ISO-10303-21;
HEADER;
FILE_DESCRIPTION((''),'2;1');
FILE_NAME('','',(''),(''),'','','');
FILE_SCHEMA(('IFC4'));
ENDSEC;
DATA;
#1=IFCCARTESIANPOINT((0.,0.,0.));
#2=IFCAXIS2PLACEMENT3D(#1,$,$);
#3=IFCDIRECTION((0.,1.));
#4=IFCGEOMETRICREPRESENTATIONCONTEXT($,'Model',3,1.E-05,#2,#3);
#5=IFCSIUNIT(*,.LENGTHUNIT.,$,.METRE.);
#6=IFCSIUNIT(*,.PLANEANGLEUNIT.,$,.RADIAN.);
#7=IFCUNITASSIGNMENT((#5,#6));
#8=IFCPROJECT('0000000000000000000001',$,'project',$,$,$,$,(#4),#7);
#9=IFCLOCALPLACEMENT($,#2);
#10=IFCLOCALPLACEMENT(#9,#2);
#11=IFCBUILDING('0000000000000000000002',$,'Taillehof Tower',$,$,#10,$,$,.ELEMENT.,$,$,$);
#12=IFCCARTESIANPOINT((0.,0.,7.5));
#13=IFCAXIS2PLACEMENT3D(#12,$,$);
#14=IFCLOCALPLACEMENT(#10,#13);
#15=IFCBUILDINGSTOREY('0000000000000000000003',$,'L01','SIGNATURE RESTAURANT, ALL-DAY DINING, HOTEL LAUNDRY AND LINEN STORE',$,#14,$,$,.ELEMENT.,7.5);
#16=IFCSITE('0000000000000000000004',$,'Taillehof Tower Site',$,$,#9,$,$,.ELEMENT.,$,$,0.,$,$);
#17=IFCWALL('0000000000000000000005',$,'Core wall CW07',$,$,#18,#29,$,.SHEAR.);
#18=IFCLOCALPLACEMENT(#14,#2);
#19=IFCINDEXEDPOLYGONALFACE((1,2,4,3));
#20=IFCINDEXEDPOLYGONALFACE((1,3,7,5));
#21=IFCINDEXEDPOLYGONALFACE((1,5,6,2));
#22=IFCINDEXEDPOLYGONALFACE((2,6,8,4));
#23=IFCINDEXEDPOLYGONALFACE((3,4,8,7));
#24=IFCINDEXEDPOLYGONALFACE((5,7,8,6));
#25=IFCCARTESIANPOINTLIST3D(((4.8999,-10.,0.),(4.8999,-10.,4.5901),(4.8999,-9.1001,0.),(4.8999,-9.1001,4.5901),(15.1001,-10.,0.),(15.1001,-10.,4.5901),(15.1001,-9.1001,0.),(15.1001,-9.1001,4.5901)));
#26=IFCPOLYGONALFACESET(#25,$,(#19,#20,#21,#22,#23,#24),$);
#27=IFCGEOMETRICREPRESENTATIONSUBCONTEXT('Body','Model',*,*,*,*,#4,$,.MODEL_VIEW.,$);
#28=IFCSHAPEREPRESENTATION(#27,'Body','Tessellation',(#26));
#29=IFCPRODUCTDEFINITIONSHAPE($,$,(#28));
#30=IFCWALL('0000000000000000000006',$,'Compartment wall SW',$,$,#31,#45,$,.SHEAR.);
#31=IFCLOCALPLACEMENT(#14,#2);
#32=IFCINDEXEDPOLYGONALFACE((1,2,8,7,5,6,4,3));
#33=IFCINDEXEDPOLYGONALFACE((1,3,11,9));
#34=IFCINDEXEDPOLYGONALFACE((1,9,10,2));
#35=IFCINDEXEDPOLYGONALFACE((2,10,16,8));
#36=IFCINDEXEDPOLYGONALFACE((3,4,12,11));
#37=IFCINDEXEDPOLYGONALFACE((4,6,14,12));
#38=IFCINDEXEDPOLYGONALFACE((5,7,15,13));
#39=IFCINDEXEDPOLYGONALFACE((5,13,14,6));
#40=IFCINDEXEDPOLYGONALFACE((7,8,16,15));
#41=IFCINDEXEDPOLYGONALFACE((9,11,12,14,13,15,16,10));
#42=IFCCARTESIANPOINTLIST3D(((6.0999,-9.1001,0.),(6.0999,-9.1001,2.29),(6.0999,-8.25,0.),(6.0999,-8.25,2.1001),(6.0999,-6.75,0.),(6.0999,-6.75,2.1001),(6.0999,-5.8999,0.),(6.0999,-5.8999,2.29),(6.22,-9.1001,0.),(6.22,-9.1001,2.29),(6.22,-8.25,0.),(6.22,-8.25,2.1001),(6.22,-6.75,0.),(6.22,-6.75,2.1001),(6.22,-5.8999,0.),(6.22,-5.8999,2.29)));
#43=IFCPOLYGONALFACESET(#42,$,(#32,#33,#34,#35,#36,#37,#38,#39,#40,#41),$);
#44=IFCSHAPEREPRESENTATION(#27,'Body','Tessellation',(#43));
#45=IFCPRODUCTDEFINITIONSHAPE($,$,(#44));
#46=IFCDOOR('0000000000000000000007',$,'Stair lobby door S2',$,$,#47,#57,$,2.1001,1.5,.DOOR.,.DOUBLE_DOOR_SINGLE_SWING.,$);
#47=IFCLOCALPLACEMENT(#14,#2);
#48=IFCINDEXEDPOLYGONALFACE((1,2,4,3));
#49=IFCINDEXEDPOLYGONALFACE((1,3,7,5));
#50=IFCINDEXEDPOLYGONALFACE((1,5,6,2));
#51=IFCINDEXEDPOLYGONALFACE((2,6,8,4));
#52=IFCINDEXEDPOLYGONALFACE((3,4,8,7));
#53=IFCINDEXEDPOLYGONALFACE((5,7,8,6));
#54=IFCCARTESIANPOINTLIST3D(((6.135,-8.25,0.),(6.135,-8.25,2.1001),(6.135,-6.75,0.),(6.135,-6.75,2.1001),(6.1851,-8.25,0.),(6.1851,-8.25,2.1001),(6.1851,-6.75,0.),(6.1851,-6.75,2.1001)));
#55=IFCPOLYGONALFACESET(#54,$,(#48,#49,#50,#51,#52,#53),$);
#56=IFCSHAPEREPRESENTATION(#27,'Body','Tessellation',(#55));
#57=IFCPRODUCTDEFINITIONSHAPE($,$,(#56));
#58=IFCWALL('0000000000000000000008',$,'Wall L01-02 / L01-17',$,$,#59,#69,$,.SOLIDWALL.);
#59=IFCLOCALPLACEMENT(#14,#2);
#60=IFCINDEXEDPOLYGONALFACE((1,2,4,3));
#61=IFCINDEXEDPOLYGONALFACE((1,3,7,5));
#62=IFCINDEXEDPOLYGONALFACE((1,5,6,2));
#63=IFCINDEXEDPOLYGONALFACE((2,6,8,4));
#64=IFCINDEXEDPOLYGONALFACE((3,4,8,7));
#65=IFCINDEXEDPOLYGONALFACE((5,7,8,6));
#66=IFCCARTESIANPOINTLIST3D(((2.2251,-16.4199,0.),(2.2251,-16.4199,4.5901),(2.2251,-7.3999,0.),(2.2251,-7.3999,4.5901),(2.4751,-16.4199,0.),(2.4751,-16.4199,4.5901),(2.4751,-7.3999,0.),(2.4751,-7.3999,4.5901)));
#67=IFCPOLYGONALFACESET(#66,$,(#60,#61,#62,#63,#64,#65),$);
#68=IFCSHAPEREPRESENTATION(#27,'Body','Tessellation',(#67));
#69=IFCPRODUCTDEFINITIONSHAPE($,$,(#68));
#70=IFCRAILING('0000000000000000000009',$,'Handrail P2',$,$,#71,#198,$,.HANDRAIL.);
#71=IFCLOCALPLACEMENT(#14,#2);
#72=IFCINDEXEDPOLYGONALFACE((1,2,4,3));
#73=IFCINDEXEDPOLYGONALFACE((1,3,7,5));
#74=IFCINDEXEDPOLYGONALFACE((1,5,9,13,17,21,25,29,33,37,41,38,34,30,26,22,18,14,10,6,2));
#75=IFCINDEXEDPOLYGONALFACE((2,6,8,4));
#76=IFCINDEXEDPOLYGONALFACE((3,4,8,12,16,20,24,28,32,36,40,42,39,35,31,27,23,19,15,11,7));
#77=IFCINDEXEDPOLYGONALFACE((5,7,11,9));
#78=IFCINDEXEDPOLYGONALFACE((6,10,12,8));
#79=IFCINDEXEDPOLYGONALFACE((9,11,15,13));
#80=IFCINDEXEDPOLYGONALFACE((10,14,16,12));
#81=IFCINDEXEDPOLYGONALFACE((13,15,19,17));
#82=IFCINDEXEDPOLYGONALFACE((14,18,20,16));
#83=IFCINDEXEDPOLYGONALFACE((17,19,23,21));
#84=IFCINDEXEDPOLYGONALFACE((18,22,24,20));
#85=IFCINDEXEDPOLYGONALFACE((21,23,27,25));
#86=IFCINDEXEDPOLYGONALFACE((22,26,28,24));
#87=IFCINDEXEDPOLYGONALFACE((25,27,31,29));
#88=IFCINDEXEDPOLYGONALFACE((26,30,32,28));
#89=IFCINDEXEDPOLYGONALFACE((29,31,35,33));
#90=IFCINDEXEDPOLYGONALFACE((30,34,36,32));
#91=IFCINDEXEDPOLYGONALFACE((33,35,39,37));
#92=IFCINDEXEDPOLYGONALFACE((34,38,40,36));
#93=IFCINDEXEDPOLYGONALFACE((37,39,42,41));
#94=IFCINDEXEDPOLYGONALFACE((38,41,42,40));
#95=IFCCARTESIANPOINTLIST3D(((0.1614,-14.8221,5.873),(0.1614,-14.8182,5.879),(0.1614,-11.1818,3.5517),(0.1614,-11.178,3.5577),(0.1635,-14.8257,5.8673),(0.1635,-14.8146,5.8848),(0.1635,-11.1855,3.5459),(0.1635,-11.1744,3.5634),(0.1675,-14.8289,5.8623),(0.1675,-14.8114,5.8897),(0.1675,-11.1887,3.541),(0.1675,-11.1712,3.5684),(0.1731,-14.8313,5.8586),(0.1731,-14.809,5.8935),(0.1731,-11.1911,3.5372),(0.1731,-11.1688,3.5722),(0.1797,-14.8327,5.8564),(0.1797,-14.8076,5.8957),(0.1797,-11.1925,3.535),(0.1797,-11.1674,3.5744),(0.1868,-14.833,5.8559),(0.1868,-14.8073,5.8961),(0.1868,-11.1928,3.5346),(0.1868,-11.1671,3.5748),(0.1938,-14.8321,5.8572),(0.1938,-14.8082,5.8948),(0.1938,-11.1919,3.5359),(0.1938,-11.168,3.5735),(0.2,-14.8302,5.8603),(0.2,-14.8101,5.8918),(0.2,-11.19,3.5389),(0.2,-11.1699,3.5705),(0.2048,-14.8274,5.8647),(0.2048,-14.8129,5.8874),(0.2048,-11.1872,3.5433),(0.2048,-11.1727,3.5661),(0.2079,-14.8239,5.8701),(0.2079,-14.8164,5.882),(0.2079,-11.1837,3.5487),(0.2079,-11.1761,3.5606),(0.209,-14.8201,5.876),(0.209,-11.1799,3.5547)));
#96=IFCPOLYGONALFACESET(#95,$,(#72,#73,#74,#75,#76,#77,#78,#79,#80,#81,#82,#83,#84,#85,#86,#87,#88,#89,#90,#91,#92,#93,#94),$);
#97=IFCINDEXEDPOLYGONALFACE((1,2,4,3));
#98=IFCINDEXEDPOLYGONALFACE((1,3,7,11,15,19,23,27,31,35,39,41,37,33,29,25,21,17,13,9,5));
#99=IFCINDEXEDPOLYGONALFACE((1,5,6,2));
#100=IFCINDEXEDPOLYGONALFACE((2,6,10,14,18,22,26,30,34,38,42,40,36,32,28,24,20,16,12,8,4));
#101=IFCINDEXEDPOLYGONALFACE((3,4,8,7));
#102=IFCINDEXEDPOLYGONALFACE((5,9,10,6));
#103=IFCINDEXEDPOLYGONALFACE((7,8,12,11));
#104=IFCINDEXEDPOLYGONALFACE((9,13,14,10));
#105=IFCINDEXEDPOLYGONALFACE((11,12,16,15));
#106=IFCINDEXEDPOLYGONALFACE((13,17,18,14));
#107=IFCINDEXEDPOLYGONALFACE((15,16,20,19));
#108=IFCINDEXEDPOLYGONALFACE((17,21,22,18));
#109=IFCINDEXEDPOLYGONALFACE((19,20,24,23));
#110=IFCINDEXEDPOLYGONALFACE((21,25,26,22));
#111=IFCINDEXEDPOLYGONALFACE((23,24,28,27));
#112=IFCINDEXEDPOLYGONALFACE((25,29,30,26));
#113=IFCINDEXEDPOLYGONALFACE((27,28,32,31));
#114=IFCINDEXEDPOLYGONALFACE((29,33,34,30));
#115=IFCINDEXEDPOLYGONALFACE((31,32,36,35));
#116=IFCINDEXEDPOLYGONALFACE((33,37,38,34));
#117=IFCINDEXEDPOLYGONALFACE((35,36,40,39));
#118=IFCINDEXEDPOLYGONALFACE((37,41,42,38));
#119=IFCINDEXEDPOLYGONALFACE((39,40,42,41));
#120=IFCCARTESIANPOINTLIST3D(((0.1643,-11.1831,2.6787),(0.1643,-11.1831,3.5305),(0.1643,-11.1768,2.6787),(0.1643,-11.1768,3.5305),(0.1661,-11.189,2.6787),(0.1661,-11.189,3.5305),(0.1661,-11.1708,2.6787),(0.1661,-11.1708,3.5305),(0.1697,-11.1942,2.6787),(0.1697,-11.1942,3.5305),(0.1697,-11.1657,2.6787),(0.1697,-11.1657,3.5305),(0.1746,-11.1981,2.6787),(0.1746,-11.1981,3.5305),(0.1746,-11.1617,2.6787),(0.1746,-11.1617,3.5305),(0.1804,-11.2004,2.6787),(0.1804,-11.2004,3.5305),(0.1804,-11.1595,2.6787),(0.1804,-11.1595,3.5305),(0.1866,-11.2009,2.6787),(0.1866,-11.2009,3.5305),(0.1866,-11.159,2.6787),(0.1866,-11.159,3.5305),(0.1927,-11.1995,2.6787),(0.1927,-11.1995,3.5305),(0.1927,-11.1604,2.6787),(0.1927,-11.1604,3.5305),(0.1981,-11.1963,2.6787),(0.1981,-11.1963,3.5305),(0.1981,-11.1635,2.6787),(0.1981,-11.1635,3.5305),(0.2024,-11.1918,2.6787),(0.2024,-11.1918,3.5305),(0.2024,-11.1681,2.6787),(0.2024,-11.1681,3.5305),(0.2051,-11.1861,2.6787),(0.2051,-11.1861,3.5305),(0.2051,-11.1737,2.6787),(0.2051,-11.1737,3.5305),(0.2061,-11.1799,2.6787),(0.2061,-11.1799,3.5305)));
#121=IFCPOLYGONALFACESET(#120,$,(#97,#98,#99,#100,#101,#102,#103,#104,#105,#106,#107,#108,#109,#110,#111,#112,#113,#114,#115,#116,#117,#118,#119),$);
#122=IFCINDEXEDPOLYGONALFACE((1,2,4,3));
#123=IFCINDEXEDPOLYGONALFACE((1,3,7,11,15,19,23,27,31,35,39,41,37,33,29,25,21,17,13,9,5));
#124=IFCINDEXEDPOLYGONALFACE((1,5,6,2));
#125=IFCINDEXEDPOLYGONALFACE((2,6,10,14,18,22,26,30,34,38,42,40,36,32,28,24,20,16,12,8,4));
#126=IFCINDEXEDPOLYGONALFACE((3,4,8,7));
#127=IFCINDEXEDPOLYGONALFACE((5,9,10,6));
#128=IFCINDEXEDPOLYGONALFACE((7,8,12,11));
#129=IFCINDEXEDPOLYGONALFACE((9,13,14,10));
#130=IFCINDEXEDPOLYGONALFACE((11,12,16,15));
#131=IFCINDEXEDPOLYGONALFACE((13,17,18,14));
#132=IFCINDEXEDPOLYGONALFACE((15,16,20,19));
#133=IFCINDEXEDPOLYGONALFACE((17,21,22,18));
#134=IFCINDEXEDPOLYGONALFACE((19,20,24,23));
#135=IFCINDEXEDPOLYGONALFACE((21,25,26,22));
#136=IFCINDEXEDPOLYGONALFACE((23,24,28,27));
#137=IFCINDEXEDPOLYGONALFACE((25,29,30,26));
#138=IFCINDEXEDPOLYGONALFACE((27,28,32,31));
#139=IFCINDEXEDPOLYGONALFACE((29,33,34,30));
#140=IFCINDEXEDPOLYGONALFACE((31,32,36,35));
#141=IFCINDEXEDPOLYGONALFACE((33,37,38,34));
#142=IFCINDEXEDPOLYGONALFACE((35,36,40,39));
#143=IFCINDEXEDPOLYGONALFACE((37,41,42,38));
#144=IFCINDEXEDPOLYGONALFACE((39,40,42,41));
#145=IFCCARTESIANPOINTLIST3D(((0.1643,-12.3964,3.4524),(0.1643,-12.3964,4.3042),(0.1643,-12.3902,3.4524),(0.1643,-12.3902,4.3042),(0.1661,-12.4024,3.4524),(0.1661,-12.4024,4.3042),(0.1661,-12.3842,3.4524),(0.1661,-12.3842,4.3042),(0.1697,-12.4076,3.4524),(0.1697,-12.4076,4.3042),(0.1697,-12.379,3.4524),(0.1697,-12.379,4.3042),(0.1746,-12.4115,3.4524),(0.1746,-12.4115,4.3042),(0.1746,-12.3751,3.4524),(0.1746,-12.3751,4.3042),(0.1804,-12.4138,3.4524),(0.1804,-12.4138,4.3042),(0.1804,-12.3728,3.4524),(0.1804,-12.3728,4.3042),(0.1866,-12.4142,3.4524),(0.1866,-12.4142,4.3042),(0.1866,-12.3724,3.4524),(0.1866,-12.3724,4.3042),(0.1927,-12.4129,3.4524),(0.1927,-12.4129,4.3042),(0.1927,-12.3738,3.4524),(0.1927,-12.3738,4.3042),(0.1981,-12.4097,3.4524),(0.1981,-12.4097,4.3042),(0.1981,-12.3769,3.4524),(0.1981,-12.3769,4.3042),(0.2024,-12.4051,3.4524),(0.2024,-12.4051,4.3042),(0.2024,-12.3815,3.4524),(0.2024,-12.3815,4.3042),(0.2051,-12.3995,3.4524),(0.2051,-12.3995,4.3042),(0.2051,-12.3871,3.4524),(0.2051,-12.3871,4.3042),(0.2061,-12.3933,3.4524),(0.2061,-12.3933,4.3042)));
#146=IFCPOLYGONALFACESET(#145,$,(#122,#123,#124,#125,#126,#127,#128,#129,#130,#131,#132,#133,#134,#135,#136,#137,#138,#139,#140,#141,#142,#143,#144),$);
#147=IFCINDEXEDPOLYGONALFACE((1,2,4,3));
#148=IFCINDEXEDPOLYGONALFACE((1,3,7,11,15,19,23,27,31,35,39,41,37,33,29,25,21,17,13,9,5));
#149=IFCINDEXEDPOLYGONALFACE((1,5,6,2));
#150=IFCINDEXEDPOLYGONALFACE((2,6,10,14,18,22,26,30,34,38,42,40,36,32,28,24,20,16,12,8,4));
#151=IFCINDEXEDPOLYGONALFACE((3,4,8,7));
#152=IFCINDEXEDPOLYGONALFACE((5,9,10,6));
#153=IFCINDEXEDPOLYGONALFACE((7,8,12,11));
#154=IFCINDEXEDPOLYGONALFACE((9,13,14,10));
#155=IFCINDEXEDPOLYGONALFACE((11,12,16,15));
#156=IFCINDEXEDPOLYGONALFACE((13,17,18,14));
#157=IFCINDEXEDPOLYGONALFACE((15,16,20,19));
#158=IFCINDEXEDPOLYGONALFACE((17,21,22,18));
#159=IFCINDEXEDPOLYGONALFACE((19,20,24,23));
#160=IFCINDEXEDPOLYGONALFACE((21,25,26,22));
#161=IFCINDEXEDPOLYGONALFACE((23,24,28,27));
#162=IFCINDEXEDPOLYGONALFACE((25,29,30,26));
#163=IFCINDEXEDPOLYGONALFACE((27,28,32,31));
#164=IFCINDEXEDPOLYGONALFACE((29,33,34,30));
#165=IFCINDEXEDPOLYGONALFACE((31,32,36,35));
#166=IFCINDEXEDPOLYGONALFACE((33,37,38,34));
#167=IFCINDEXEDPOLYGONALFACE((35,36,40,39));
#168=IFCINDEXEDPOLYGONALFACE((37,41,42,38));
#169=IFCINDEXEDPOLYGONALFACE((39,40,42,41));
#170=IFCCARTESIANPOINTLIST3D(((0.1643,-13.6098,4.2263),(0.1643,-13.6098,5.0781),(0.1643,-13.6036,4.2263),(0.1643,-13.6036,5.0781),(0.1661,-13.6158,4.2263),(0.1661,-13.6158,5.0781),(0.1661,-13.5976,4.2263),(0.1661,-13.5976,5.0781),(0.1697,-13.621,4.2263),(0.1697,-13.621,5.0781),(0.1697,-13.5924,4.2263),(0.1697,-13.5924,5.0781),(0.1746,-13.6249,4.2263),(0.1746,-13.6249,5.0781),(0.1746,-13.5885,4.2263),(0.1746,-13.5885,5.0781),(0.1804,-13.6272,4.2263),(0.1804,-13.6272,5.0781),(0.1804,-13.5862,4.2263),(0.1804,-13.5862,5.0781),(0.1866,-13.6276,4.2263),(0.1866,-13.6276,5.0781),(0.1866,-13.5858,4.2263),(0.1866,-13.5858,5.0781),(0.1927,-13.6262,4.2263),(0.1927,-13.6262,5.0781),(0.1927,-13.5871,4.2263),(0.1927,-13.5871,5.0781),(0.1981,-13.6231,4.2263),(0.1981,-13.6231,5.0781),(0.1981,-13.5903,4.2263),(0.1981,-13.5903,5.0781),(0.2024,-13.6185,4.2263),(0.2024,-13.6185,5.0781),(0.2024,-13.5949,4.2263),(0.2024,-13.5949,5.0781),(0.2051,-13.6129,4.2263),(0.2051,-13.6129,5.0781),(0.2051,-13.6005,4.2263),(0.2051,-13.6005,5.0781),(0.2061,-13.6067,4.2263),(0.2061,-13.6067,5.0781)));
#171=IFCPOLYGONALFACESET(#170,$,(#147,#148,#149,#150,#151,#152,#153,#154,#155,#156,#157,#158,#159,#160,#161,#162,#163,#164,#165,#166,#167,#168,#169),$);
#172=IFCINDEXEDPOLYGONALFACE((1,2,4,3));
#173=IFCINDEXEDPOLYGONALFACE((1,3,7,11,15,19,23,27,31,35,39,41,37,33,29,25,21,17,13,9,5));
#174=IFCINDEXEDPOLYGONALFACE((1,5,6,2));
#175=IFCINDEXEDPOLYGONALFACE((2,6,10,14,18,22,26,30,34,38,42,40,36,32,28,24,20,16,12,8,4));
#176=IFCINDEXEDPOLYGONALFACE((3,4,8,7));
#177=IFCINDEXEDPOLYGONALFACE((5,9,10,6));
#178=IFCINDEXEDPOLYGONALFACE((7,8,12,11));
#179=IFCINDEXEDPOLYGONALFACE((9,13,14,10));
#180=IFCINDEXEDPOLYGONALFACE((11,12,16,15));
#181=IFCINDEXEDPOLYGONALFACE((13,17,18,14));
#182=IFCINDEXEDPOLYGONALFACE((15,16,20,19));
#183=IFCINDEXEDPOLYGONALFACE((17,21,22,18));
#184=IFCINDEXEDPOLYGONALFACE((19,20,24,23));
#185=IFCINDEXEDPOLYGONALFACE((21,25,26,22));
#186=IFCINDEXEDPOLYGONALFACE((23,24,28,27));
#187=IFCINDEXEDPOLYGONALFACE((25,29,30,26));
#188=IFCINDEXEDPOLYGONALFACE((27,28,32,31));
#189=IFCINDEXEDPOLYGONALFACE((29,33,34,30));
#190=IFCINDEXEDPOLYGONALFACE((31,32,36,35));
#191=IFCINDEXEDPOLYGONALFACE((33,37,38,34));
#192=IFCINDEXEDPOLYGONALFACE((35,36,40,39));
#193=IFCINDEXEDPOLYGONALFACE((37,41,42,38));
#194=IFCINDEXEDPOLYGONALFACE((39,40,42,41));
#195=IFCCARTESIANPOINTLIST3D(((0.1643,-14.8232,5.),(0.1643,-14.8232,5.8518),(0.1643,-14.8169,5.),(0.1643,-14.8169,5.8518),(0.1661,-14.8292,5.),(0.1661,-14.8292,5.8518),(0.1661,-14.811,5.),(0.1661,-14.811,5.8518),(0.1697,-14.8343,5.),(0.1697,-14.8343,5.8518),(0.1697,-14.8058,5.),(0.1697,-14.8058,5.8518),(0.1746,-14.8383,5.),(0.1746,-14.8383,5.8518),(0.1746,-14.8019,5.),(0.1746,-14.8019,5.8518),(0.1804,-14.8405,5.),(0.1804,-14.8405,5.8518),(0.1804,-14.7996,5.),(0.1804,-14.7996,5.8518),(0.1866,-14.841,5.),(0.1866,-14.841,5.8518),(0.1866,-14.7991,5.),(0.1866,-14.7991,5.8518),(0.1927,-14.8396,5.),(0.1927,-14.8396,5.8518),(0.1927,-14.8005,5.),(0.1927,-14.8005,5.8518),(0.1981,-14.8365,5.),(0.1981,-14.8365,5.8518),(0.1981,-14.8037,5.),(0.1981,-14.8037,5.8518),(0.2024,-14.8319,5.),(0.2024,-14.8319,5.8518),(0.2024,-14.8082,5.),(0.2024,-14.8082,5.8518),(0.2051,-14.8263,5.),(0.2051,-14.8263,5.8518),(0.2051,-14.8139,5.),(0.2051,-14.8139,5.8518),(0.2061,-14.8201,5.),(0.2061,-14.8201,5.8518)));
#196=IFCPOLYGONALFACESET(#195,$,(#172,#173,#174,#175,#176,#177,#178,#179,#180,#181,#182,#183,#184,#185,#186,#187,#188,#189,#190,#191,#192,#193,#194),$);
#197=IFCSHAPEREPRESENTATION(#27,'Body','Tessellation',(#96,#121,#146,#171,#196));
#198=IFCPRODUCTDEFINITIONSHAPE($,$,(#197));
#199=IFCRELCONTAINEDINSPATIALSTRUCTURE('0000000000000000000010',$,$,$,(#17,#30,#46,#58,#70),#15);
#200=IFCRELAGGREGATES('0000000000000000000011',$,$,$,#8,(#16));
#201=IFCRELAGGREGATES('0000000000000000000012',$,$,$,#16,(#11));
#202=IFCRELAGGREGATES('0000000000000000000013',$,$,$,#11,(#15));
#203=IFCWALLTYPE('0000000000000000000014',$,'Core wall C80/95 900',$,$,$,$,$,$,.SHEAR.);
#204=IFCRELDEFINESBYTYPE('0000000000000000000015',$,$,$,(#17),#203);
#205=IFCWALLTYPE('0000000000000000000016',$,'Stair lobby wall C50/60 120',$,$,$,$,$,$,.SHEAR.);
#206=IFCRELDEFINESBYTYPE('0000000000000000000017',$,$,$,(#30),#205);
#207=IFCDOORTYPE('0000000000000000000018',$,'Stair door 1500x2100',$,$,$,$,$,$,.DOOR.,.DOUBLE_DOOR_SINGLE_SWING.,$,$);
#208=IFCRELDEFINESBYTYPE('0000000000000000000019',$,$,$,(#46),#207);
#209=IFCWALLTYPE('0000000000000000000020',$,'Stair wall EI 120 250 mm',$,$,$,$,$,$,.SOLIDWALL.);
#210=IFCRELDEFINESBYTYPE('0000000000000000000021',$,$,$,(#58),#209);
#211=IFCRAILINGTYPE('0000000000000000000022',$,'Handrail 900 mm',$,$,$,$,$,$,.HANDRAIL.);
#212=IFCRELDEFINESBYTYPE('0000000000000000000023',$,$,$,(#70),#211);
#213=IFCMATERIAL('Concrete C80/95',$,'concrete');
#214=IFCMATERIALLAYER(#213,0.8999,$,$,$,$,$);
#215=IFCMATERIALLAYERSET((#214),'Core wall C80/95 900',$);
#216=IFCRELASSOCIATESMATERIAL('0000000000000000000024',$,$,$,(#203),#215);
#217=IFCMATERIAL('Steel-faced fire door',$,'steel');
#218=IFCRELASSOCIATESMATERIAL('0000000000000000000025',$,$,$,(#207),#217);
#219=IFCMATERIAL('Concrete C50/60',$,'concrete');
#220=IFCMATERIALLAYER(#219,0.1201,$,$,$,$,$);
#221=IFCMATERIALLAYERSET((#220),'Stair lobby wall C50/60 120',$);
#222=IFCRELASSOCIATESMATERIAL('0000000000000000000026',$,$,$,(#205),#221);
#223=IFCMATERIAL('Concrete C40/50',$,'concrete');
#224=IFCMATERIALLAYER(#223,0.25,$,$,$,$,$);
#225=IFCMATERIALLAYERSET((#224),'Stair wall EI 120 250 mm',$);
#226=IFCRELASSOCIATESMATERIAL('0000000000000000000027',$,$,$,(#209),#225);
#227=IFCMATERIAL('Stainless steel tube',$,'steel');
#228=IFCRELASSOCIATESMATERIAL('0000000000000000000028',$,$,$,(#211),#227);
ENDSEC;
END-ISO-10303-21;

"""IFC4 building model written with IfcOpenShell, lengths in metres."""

from ifc_helpers import new_model, si_unit, direction, frame, frame_2d, origin, origin_2d, place, context, subcontext, project, spatial, rectangle, circle, extrude, material, layer, layer_set, type_object, element, fill, save


model = new_model("IFC4")

# Units and contexts
model_context = context("Model", 3, precision=1e-05, world=origin(), true_north=direction((0.0, 1.0)))
body_context = subcontext(model_context, "Body", "Model", "MODEL_VIEW")
ifc_project = project(units=[si_unit("LENGTHUNIT", "METRE"), si_unit("PLANEANGLEUNIT", "RADIAN")], contexts=[model_context])

# Site, building, storey
site_placement = place(None, origin())
site = spatial("IfcSite", under=ifc_project, at=site_placement, Name="Taillehof Tower Site", CompositionType="ELEMENT", RefElevation=0.0)
building_placement = place(site_placement, origin())
building = spatial("IfcBuilding", under=site, at=building_placement, Name="Taillehof Tower", CompositionType="ELEMENT")
storey_placement = place(building_placement, frame((0.0, 0.0, 7.5)))
storey = spatial("IfcBuildingStorey", under=building, at=storey_placement, Name="L01", Description="SIGNATURE RESTAURANT, ALL-DAY DINING, HOTEL LAUNDRY AND LINEN STORE", CompositionType="ELEMENT", Elevation=7.5)

# Shared definitions
ifc_material_1 = material(Name="Concrete C80/95", Category="concrete")
ifc_layer_1 = layer(ifc_material_1, 0.8999)
ifc_layer_set_1 = layer_set([ifc_layer_1], Name="Core wall C80/95 900")
wall_type_1 = type_object("IfcWallType", Name="Core wall C80/95 900", PredefinedType="SHEAR", material=ifc_layer_set_1)
ifc_material_2 = material(Name="Steel-faced fire door", Category="steel")
door_type_1 = type_object("IfcDoorType", Name="Stair door 1500x2100", OperationType="DOUBLE_DOOR_SINGLE_SWING", PredefinedType="DOOR", material=ifc_material_2)

# Wall
wall_1_placement = place(storey_placement, frame((4.8999, -9.55, 0.0), z_axis=(0.0, 0.0, 1.0), x_axis=(1.0, 0.0, 0.0)))
element("IfcWall", 1, at=wall_1_placement, inside=storey, type_object=wall_type_1, Name="Core wall CW07", PredefinedType="SHEAR", context=body_context, shape_type="SweptSolid", body=[
    extrude(rectangle(XDim=10.2002, YDim=0.8999, at=frame_2d((5.1001, 0.0))), origin(), (0.0, 0.0, 1.0), 4.5901),
])

# Wall, opening, door
ifc_material_3 = material(Name="Concrete C50/60", Category="concrete")
ifc_layer_2 = layer(ifc_material_3, 0.1201)
ifc_layer_set_2 = layer_set([ifc_layer_2], Name="Stair lobby wall C50/60 120")
wall_type_2 = type_object("IfcWallType", Name="Stair lobby wall C50/60 120", PredefinedType="SHEAR", material=ifc_layer_set_2)
wall_2_placement = place(storey_placement, frame((6.1599, -9.1001, 0.0), z_axis=(0.0, 0.0, 1.0), x_axis=(0.0, 1.0, 0.0)))
wall_2 = element("IfcWall", 2, at=wall_2_placement, inside=storey, type_object=wall_type_2, Name="Compartment wall SW", PredefinedType="SHEAR", context=body_context, shape_type="SweptSolid", body=[
    extrude(rectangle(XDim=3.2002, YDim=0.1201, at=frame_2d((1.6001, 0.0))), origin(), (0.0, 0.0, 1.0), 2.29),
])
opening_1_placement = place(wall_2_placement, frame((0.8501, 0.0, 0.0)))
opening_1 = element("IfcOpeningElement", 3, at=opening_1_placement, cuts=wall_2, PredefinedType="OPENING", context=body_context, shape_type="SweptSolid", body=[
    extrude(rectangle(XDim=1.5, YDim=2.1001, at=frame_2d((0.75, 1.05))), frame((0.0, 0.0701, 0.0), z_axis=(0.0, -1.0, 0.0), x_axis=(1.0, 0.0, 0.0)), (0.0, 0.0, 1.0), 0.1401),
])
door_1_placement = place(opening_1_placement, origin())
door_1 = element("IfcDoor", 4, at=door_1_placement, inside=storey, type_object=door_type_1, Name="Stair lobby door S2", OperationType="DOUBLE_DOOR_SINGLE_SWING", OverallHeight=2.1001, OverallWidth=1.5, PredefinedType="DOOR", context=body_context, shape_type="SweptSolid", body=[
    extrude(rectangle(XDim=1.5, YDim=2.1001, at=frame_2d((0.75, 1.05))), frame((0.0, 0.0249, 0.0), z_axis=(0.0, -1.0, 0.0), x_axis=(1.0, 0.0, 0.0)), (0.0, 0.0, 1.0), 0.05),
])
fill(opening_1, door_1)

# Wall
ifc_material_4 = material(Name="Concrete C40/50", Category="concrete")
ifc_layer_3 = layer(ifc_material_4, 0.25)
ifc_layer_set_3 = layer_set([ifc_layer_3], Name="Stair wall EI 120 250 mm")
wall_type_3 = type_object("IfcWallType", Name="Stair wall EI 120 250 mm", PredefinedType="SOLIDWALL", material=ifc_layer_set_3)
wall_3_placement = place(storey_placement, frame((2.3501, -16.4199, 0.0), z_axis=(0.0, 0.0, 1.0), x_axis=(0.0, 1.0, 0.0)))
element("IfcWall", 5, at=wall_3_placement, inside=storey, type_object=wall_type_3, Name="Wall L01-02 / L01-17", PredefinedType="SOLIDWALL", context=body_context, shape_type="SweptSolid", body=[
    extrude(rectangle(XDim=9.02, YDim=0.25, at=frame_2d((4.51, 0.0))), origin(), (0.0, 0.0, 1.0), 4.5901),
])

# Railing
ifc_material_5 = material(Name="Stainless steel tube", Category="steel")
railing_type_1 = type_object("IfcRailingType", Name="Handrail 900 mm", PredefinedType="HANDRAIL", material=ifc_material_5)
for number, where, name in (
    (6, (0.1851, -11.1799, 2.6787), "Handrail P2"),
):
    element("IfcRailing", number, at=place(storey_placement, frame(where)), inside=storey, type_object=railing_type_1, Name=name, PredefinedType="HANDRAIL", context=body_context, shape_type="SweptSolid", body=[
        extrude(circle(Radius=0.0239, at=origin_2d()), frame((0.0, 0.0, 0.876), z_axis=(0.0, -0.843153, 0.537673), x_axis=(1.0, 0.0, 0.0)), (0.0, 0.0, 1.0), 4.3174),
        extrude(circle(Radius=0.021, at=origin_2d()), origin(), (0.0, 0.0, 1.0), 0.8518),
        extrude(circle(Radius=0.021, at=origin_2d()), frame((0.0, -1.2134, 0.7737)), (0.0, 0.0, 1.0), 0.8518),
        extrude(circle(Radius=0.021, at=origin_2d()), frame((0.0, -2.4268, 1.5476)), (0.0, 0.0, 1.0), 0.8518),
        extrude(circle(Radius=0.021, at=origin_2d()), frame((0.0, -3.6401, 2.3213)), (0.0, 0.0, 1.0), 0.8518),
    ])

save(model, "model.ifc")
